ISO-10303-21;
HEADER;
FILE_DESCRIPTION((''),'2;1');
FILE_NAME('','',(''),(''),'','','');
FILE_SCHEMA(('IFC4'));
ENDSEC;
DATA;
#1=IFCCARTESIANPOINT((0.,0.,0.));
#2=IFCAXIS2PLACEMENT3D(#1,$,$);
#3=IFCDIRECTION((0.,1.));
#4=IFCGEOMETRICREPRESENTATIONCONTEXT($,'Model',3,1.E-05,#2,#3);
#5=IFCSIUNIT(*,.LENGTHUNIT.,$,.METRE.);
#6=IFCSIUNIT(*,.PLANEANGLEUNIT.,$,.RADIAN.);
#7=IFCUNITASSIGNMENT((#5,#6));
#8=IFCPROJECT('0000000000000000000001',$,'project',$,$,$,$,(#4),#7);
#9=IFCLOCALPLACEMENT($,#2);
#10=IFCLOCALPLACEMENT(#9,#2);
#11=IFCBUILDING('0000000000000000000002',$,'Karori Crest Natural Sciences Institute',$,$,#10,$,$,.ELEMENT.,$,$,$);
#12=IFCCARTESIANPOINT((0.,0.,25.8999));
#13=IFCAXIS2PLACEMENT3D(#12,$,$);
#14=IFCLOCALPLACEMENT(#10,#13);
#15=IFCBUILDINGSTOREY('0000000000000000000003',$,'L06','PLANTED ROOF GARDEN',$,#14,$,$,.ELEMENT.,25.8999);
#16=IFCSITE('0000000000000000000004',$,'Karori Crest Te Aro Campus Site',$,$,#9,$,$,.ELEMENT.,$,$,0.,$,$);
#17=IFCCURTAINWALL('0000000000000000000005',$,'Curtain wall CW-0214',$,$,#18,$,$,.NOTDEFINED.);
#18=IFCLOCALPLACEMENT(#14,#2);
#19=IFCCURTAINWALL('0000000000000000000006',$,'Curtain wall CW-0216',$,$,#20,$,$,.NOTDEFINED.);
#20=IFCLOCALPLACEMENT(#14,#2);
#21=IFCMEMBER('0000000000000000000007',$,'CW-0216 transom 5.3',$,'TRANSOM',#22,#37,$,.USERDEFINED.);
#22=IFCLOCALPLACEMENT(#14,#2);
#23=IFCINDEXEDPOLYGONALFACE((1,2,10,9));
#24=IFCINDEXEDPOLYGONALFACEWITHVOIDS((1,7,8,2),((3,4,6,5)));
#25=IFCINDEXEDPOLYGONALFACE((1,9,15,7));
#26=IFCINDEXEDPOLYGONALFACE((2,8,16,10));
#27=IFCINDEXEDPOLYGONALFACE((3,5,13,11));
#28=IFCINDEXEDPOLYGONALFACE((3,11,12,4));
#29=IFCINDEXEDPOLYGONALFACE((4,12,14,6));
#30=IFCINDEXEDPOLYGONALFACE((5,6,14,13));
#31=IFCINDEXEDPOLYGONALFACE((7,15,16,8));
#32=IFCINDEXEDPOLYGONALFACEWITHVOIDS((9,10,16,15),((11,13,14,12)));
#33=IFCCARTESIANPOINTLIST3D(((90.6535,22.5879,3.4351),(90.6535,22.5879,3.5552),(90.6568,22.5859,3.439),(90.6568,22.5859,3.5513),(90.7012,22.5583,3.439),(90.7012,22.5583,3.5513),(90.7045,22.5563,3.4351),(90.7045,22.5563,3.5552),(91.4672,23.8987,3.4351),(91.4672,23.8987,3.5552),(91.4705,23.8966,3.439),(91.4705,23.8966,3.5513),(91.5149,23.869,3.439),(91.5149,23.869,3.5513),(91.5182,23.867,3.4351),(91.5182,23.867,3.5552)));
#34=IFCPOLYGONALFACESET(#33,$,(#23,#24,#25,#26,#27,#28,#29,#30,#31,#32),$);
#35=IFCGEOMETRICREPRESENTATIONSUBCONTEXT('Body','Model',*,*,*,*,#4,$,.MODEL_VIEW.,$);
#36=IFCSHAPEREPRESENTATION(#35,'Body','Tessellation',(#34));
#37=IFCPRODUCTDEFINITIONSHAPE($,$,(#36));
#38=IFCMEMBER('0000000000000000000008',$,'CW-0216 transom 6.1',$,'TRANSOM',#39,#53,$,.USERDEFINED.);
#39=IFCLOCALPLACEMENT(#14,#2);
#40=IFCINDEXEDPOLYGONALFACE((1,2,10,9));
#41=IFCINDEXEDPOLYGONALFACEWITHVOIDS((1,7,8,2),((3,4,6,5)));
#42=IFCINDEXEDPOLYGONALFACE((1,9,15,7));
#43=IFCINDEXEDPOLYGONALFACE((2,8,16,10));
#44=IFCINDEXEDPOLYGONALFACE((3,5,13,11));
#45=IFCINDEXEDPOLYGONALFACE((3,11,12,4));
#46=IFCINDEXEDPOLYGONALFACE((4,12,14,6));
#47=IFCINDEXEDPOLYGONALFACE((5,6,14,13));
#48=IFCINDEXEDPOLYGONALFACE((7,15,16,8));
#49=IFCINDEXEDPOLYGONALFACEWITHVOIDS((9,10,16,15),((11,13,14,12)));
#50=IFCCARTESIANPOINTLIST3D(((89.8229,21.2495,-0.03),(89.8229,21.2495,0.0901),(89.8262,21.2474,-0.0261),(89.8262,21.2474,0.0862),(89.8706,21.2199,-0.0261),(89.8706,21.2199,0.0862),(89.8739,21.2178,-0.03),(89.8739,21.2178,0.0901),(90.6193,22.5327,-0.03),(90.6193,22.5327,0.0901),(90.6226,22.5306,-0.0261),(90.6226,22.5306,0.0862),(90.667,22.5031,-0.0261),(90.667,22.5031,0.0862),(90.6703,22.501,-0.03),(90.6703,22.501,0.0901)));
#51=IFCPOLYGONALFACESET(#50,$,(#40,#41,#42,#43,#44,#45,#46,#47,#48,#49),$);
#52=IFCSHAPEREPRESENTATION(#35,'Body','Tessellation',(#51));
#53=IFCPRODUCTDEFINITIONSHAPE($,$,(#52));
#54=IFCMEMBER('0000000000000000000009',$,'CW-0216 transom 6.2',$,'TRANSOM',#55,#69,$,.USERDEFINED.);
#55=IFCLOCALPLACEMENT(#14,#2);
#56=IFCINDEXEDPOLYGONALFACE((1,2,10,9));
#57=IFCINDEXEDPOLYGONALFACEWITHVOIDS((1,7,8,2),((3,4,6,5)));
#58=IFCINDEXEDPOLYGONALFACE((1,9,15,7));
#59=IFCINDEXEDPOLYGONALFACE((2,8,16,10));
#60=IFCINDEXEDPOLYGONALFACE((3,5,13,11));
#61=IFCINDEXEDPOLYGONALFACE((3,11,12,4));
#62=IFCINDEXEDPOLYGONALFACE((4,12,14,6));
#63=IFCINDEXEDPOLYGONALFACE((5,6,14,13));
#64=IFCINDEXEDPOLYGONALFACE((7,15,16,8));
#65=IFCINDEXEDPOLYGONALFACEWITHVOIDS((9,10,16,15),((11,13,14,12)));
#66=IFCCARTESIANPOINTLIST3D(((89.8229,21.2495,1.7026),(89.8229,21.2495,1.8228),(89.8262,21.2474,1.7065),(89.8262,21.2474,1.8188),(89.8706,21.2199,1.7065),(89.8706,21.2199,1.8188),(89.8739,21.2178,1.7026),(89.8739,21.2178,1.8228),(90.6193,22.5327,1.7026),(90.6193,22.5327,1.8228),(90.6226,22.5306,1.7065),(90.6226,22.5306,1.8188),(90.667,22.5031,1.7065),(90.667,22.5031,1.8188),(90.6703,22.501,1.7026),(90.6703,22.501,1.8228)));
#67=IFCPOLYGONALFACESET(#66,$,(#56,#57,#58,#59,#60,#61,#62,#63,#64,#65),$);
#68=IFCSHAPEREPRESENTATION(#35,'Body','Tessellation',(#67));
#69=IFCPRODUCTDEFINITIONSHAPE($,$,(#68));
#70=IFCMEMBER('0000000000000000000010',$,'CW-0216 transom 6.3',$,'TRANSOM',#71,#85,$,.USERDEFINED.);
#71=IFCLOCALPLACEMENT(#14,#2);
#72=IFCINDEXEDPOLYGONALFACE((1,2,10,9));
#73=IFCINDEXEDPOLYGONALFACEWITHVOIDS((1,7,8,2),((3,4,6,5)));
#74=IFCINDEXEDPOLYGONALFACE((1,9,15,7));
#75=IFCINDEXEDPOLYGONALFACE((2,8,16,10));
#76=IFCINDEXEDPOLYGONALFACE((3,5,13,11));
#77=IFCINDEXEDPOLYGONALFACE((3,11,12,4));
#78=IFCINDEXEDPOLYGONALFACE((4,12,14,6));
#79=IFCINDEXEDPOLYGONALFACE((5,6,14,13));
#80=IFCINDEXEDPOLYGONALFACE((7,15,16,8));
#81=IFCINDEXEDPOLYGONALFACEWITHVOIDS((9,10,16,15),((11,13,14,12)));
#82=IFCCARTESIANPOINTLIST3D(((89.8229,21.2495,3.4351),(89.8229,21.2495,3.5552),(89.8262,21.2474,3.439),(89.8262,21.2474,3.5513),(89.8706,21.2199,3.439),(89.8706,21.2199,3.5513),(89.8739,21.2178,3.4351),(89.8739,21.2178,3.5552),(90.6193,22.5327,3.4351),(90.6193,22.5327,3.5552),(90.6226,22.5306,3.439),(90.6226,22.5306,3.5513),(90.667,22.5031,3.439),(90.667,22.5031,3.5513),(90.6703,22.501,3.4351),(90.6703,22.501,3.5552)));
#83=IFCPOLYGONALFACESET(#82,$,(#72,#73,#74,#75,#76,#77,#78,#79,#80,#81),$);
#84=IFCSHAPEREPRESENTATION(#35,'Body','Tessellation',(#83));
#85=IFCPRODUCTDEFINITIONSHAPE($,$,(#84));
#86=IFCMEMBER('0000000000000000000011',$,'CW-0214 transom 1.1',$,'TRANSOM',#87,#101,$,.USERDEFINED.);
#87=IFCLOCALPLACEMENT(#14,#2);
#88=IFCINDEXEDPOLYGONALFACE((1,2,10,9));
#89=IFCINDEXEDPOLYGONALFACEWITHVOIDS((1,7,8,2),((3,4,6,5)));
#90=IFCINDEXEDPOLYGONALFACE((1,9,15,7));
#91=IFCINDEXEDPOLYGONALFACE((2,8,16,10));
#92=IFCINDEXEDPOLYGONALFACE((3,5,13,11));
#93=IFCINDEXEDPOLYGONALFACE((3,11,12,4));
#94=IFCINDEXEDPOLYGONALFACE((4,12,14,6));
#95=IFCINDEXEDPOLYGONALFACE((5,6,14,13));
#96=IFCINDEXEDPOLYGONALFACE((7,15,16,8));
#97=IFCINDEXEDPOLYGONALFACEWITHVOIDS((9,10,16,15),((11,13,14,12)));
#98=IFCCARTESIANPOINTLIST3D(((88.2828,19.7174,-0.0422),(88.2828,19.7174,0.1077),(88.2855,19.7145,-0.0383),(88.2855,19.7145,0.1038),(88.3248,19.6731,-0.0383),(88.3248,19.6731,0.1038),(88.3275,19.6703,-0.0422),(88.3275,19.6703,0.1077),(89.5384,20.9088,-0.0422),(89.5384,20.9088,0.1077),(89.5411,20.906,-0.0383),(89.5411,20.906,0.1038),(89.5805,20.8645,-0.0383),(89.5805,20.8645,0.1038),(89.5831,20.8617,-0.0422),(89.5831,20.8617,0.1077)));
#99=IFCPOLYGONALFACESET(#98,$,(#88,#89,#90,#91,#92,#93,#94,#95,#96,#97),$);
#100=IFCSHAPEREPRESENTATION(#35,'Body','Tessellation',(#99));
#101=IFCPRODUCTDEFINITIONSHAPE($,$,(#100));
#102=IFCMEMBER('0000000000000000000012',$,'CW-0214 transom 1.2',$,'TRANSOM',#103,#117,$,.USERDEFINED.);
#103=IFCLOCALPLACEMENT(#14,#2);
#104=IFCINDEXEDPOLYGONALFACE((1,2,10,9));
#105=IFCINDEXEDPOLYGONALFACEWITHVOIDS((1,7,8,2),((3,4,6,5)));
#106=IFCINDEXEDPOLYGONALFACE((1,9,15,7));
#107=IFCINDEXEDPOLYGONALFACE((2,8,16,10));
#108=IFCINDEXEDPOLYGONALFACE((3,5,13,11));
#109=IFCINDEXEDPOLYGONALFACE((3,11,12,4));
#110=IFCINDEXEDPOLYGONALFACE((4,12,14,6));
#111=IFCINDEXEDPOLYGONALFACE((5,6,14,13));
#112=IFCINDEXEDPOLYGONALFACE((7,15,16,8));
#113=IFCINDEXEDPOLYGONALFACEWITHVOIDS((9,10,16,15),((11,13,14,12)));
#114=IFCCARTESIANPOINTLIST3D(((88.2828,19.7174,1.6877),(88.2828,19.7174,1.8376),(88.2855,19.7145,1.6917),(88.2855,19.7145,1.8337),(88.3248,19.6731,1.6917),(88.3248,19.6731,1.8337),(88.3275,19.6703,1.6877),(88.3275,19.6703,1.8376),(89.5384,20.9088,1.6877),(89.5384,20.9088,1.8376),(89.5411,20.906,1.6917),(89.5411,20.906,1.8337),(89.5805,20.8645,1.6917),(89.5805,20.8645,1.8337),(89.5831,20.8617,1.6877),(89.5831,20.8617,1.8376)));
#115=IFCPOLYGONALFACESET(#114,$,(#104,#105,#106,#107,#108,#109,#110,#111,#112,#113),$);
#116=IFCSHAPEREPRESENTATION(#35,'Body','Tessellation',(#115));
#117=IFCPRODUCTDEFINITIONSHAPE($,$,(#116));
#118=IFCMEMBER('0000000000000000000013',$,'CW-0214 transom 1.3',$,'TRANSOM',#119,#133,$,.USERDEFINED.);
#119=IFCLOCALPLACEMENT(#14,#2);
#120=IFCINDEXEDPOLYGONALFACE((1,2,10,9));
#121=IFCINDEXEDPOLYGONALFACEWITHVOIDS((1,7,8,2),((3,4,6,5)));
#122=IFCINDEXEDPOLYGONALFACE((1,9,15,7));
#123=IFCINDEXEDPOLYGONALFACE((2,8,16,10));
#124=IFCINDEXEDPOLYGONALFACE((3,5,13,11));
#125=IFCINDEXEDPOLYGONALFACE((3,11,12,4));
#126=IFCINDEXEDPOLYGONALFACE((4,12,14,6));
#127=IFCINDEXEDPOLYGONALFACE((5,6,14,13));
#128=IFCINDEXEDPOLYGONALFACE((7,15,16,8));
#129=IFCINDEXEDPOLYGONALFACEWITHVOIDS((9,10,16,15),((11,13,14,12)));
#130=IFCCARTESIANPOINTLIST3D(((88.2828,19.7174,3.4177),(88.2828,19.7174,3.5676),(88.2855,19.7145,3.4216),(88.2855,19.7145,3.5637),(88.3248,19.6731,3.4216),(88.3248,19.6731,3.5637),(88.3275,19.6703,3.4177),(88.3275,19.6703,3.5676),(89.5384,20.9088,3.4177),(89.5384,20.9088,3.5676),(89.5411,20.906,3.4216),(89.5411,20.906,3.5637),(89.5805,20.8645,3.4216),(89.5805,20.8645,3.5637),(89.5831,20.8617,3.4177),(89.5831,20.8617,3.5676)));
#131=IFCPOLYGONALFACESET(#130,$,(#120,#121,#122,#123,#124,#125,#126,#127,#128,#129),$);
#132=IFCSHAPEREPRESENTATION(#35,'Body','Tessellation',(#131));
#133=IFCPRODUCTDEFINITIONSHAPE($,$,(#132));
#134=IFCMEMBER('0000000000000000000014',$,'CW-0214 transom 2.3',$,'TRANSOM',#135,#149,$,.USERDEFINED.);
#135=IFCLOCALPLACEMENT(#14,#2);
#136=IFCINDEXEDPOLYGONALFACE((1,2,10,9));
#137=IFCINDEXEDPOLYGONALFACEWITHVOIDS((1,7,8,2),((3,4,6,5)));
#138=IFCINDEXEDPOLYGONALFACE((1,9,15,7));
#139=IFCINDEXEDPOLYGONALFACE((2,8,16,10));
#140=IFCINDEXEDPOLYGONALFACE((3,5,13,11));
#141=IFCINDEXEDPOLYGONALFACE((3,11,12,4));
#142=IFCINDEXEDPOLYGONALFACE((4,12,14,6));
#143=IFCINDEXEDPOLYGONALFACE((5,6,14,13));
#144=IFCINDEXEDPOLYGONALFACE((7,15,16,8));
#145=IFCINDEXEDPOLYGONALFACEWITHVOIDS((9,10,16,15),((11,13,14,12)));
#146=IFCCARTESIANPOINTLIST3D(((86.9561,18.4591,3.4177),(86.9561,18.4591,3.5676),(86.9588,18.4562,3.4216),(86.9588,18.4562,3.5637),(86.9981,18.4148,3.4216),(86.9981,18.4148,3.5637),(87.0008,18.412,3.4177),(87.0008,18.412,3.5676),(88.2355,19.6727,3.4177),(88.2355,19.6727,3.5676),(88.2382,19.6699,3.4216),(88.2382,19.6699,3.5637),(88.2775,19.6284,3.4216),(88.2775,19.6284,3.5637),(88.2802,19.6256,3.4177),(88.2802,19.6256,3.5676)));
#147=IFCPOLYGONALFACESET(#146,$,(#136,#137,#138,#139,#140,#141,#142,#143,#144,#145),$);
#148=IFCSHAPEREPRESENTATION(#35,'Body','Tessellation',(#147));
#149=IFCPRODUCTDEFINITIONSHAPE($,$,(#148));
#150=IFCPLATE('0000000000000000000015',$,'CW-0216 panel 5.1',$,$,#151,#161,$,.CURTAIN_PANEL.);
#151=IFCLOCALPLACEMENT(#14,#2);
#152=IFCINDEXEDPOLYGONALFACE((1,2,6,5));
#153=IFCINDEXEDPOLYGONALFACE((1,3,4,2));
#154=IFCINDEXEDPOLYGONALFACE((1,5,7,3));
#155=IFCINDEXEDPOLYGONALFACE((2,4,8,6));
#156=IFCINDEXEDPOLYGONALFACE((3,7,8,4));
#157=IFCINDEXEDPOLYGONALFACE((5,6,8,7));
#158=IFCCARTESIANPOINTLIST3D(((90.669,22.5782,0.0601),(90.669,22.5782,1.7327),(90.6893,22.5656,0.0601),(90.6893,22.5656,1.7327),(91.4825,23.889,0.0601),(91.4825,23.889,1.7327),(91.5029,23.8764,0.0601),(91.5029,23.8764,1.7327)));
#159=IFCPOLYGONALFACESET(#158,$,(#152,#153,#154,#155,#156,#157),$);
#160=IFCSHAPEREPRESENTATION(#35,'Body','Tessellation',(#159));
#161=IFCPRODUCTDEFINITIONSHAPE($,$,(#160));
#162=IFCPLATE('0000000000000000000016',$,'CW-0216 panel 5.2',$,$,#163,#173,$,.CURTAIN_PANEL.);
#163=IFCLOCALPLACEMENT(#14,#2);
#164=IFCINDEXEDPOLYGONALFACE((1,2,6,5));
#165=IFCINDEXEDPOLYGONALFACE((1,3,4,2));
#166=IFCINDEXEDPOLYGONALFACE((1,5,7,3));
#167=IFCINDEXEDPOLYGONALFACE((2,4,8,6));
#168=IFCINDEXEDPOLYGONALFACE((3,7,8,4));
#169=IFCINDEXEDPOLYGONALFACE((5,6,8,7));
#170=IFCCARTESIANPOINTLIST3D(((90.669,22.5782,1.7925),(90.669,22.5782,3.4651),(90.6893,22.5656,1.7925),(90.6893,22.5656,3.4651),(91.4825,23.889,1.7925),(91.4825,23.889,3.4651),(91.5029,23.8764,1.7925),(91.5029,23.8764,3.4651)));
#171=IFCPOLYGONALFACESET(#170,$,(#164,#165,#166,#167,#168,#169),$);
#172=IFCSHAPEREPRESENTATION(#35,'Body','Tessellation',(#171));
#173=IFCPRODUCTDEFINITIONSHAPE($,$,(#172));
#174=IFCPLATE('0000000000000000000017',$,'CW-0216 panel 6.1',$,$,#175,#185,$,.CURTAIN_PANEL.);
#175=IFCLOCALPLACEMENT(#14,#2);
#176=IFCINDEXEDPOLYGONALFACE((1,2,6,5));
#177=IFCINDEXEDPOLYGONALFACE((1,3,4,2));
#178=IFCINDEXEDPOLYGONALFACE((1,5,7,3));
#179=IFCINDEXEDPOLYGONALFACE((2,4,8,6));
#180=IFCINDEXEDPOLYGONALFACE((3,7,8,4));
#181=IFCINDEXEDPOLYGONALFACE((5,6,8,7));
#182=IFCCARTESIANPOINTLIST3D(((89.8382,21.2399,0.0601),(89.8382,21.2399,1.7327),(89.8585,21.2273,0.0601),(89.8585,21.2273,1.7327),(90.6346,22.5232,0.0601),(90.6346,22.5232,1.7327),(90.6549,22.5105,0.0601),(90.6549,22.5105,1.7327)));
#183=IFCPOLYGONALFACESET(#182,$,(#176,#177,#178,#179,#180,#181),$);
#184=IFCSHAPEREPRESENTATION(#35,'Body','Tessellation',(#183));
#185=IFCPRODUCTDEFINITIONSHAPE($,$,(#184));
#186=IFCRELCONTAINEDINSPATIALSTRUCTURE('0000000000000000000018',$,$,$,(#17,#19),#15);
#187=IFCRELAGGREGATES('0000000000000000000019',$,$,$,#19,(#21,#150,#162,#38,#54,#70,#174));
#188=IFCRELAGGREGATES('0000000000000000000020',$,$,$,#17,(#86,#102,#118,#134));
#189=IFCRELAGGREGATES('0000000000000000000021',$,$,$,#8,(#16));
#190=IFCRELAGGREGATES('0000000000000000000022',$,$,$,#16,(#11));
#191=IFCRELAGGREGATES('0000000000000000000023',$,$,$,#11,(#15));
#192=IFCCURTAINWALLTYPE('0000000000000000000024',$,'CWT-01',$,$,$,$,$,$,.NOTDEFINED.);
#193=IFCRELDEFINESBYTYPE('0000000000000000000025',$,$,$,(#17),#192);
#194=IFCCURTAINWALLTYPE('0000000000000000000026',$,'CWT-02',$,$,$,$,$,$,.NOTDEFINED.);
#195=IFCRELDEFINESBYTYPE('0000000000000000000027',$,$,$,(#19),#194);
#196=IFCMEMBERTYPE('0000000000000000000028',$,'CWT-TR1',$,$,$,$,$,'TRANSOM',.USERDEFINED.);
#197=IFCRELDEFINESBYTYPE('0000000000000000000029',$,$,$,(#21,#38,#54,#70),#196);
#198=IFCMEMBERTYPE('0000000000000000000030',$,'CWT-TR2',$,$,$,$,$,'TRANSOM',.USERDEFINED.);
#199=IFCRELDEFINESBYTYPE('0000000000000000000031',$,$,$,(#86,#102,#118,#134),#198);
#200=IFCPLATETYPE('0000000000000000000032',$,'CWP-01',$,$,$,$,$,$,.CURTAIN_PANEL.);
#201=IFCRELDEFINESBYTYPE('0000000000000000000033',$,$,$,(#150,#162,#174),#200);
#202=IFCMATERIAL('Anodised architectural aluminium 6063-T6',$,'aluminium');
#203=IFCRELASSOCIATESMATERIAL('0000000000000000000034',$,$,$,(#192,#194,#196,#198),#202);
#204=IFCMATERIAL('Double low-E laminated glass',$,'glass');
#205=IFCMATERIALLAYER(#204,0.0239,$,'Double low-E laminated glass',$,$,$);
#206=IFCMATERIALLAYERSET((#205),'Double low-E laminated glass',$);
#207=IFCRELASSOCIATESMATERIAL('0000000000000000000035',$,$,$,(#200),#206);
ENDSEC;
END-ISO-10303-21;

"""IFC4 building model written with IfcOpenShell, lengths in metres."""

from ifc_helpers import new_model, si_unit, direction, frame, origin, origin_2d, place, context, subcontext, project, spatial, rectangle, hollow_rectangle, extrude, material, layer, layer_set, material_profile, profile_set, type_object, element, aggregate, save


model = new_model("IFC4")

# Units and contexts
model_context = context("Model", 3, precision=1e-05, world=origin(), true_north=direction((0.0, 1.0)))
body_context = subcontext(model_context, "Body", "Model", "MODEL_VIEW")
ifc_project = project(units=[si_unit("LENGTHUNIT", "METRE"), si_unit("PLANEANGLEUNIT", "RADIAN")], contexts=[model_context])

# Site, building, storey
site_placement = place(None, origin())
site = spatial("IfcSite", under=ifc_project, at=site_placement, Name="Karori Crest Te Aro Campus Site", CompositionType="ELEMENT", RefElevation=0.0)
building_placement = place(site_placement, origin())
building = spatial("IfcBuilding", under=site, at=building_placement, Name="Karori Crest Natural Sciences Institute", CompositionType="ELEMENT")
storey_placement = place(building_placement, frame((0.0, 0.0, 25.8999)))
storey = spatial("IfcBuildingStorey", under=building, at=storey_placement, Name="L06", Description="PLANTED ROOF GARDEN", CompositionType="ELEMENT", Elevation=25.8999)

# Curtain walls, members
ifc_material_1 = material(Name="Anodised architectural aluminium 6063-T6", Category="aluminium")
curtain_wall_type_1 = type_object("IfcCurtainWallType", Name="CWT-01", PredefinedType="NOTDEFINED", material=ifc_material_1)
curtain_wall_1_placement = place(storey_placement, origin())
curtain_wall_1 = element("IfcCurtainWall", 1, at=curtain_wall_1_placement, inside=storey, type_object=curtain_wall_type_1, Name="Curtain wall CW-0214", PredefinedType="NOTDEFINED")
curtain_wall_type_2 = type_object("IfcCurtainWallType", Name="CWT-02", PredefinedType="NOTDEFINED", material=ifc_material_1)
curtain_wall_2_placement = place(storey_placement, origin())
curtain_wall_2 = element("IfcCurtainWall", 2, at=curtain_wall_2_placement, inside=storey, type_object=curtain_wall_type_2, Name="Curtain wall CW-0216", PredefinedType="NOTDEFINED")
ifc_material_profile_1 = material_profile(ifc_material_1, hollow_rectangle(XDim=0.0601, YDim=0.1201, WallThickness=0.0039, at=origin_2d()), Name="CWT120x60x4")
ifc_profile_set_1 = profile_set([ifc_material_profile_1], Name="Anodised architectural aluminium 6063-T6")
member_type_1 = type_object("IfcMemberType", Name="CWT-TR1", ElementType="TRANSOM", PredefinedType="USERDEFINED", material=ifc_profile_set_1)
member_1_placement = place(storey_placement, frame((91.4927, 23.8828, 3.4951), z_axis=(-0.527422, -0.849603, 0.0), x_axis=(0.849603, -0.527422, 0.0)))
member_1 = element("IfcMember", 3, at=member_1_placement, type_object=member_type_1, Name="CW-0216 transom 5.3", ObjectType="TRANSOM", PredefinedType="USERDEFINED", context=body_context, shape_type="SweptSolid", body=[
    extrude(hollow_rectangle(XDim=0.0601, YDim=0.1201, WallThickness=0.0039, at=origin_2d()), origin(), (0.0, 0.0, 1.0), 1.5427),
])
member_2_placement = place(storey_placement, frame((90.6448, 22.5168, 0.03), z_axis=(-0.527323, -0.849665, 0.0), x_axis=(0.849665, -0.527323, 0.0)))
member_2 = element("IfcMember", 4, at=member_2_placement, type_object=member_type_1, Name="CW-0216 transom 6.1", ObjectType="TRANSOM", PredefinedType="USERDEFINED", context=body_context, shape_type="SweptSolid", body=[
    extrude(hollow_rectangle(XDim=0.0601, YDim=0.1201, WallThickness=0.0039, at=origin_2d()), origin(), (0.0, 0.0, 1.0), 1.5103),
])
member_3_placement = place(storey_placement, frame((90.6448, 22.5168, 1.7627), z_axis=(-0.527323, -0.849665, 0.0), x_axis=(0.849665, -0.527323, 0.0)))
member_3 = element("IfcMember", 5, at=member_3_placement, type_object=member_type_1, Name="CW-0216 transom 6.2", ObjectType="TRANSOM", PredefinedType="USERDEFINED", context=body_context, shape_type="SweptSolid", body=[
    extrude(hollow_rectangle(XDim=0.0601, YDim=0.1201, WallThickness=0.0039, at=origin_2d()), origin(), (0.0, 0.0, 1.0), 1.5103),
])
member_4_placement = place(storey_placement, frame((90.6448, 22.5168, 3.4951), z_axis=(-0.527323, -0.849665, 0.0), x_axis=(0.849665, -0.527323, 0.0)))
member_4 = element("IfcMember", 6, at=member_4_placement, type_object=member_type_1, Name="CW-0216 transom 6.3", ObjectType="TRANSOM", PredefinedType="USERDEFINED", context=body_context, shape_type="SweptSolid", body=[
    extrude(hollow_rectangle(XDim=0.0601, YDim=0.1201, WallThickness=0.0039, at=origin_2d()), origin(), (0.0, 0.0, 1.0), 1.5103),
])

# Members
ifc_material_profile_2 = material_profile(ifc_material_1, hollow_rectangle(XDim=0.0649, YDim=0.1499, WallThickness=0.0039, at=origin_2d()), Name="CWT150x65x4")
ifc_profile_set_2 = profile_set([ifc_material_profile_2], Name="Anodised architectural aluminium 6063-T6")
member_type_2 = type_object("IfcMemberType", Name="CWT-TR2", ElementType="TRANSOM", PredefinedType="USERDEFINED", material=ifc_profile_set_2)
member_5_placement = place(storey_placement, frame((89.5608, 20.8853, 0.0327), z_axis=(-0.725411, -0.688316, 0.0), x_axis=(0.688316, -0.725411, 0.0)))
member_5 = element("IfcMember", 7, at=member_5_placement, type_object=member_type_2, Name="CW-0214 transom 1.1", ObjectType="TRANSOM", PredefinedType="USERDEFINED", context=body_context, shape_type="SweptSolid", body=[
    extrude(hollow_rectangle(XDim=0.0649, YDim=0.1499, WallThickness=0.0039, at=origin_2d()), origin(), (0.0, 0.0, 1.0), 1.731),
])
member_6_placement = place(storey_placement, frame((89.5608, 20.8853, 1.7627), z_axis=(-0.725411, -0.688316, 0.0), x_axis=(0.688316, -0.725411, 0.0)))
member_6 = element("IfcMember", 8, at=member_6_placement, type_object=member_type_2, Name="CW-0214 transom 1.2", ObjectType="TRANSOM", PredefinedType="USERDEFINED", context=body_context, shape_type="SweptSolid", body=[
    extrude(hollow_rectangle(XDim=0.0649, YDim=0.1499, WallThickness=0.0039, at=origin_2d()), origin(), (0.0, 0.0, 1.0), 1.731),
])
member_7_placement = place(storey_placement, frame((89.5608, 20.8853, 3.4927), z_axis=(-0.725411, -0.688316, 0.0), x_axis=(0.688316, -0.725411, 0.0)))
member_7 = element("IfcMember", 9, at=member_7_placement, type_object=member_type_2, Name="CW-0214 transom 1.3", ObjectType="TRANSOM", PredefinedType="USERDEFINED", context=body_context, shape_type="SweptSolid", body=[
    extrude(hollow_rectangle(XDim=0.0649, YDim=0.1499, WallThickness=0.0039, at=origin_2d()), origin(), (0.0, 0.0, 1.0), 1.731),
])
member_8_placement = place(storey_placement, frame((88.2578, 19.6492, 3.4927), z_axis=(-0.725483, -0.68824, 0.0), x_axis=(0.68824, -0.725483, 0.0)))
member_8 = element("IfcMember", 10, at=member_8_placement, type_object=member_type_2, Name="CW-0214 transom 2.3", ObjectType="TRANSOM", PredefinedType="USERDEFINED", context=body_context, shape_type="SweptSolid", body=[
    extrude(hollow_rectangle(XDim=0.0649, YDim=0.1499, WallThickness=0.0039, at=origin_2d()), origin(), (0.0, 0.0, 1.0), 1.7634),
])

# Plates
ifc_material_2 = material(Name="Double low-E laminated glass", Category="glass")
ifc_layer_1 = layer(ifc_material_2, 0.0239, Name="Double low-E laminated glass")
ifc_layer_set_1 = layer_set([ifc_layer_1], Name="Double low-E laminated glass")
plate_type_1 = type_object("IfcPlateType", Name="CWP-01", PredefinedType="CURTAIN_PANEL", material=ifc_layer_set_1)
plate_1_placement = place(storey_placement, frame((91.0859, 23.2273, 0.0601), z_axis=(0.0, 0.0, 1.0), x_axis=(-0.527324, -0.849664, 0.0)))
plate_1 = element("IfcPlate", 11, at=plate_1_placement, type_object=plate_type_1, Name="CW-0216 panel 5.1", PredefinedType="CURTAIN_PANEL", context=body_context, shape_type="SweptSolid", body=[
    extrude(rectangle(XDim=1.5427, YDim=0.0239, at=origin_2d()), origin(), (0.0, 0.0, 1.0), 1.6726),
])
plate_2_placement = place(storey_placement, frame((91.0859, 23.2273, 1.7925), z_axis=(0.0, 0.0, 1.0), x_axis=(-0.527324, -0.849664, 0.0)))
plate_2 = element("IfcPlate", 12, at=plate_2_placement, type_object=plate_type_1, Name="CW-0216 panel 5.2", PredefinedType="CURTAIN_PANEL", context=body_context, shape_type="SweptSolid", body=[
    extrude(rectangle(XDim=1.5427, YDim=0.0239, at=origin_2d()), origin(), (0.0, 0.0, 1.0), 1.6726),
])
plate_3_placement = place(storey_placement, frame((90.2466, 21.8752, 0.0601), z_axis=(0.0, 0.0, 1.0), x_axis=(-0.527324, -0.849664, 0.0)))
plate_3 = element("IfcPlate", 13, at=plate_3_placement, type_object=plate_type_1, Name="CW-0216 panel 6.1", PredefinedType="CURTAIN_PANEL", context=body_context, shape_type="SweptSolid", body=[
    extrude(rectangle(XDim=1.5103, YDim=0.0239, at=origin_2d()), origin(), (0.0, 0.0, 1.0), 1.6726),
])
aggregate(curtain_wall_2, [member_1, plate_1, plate_2, member_2, member_3, member_4, plate_3])
aggregate(curtain_wall_1, [member_5, member_6, member_7, member_8])

save(model, "model.ifc")
